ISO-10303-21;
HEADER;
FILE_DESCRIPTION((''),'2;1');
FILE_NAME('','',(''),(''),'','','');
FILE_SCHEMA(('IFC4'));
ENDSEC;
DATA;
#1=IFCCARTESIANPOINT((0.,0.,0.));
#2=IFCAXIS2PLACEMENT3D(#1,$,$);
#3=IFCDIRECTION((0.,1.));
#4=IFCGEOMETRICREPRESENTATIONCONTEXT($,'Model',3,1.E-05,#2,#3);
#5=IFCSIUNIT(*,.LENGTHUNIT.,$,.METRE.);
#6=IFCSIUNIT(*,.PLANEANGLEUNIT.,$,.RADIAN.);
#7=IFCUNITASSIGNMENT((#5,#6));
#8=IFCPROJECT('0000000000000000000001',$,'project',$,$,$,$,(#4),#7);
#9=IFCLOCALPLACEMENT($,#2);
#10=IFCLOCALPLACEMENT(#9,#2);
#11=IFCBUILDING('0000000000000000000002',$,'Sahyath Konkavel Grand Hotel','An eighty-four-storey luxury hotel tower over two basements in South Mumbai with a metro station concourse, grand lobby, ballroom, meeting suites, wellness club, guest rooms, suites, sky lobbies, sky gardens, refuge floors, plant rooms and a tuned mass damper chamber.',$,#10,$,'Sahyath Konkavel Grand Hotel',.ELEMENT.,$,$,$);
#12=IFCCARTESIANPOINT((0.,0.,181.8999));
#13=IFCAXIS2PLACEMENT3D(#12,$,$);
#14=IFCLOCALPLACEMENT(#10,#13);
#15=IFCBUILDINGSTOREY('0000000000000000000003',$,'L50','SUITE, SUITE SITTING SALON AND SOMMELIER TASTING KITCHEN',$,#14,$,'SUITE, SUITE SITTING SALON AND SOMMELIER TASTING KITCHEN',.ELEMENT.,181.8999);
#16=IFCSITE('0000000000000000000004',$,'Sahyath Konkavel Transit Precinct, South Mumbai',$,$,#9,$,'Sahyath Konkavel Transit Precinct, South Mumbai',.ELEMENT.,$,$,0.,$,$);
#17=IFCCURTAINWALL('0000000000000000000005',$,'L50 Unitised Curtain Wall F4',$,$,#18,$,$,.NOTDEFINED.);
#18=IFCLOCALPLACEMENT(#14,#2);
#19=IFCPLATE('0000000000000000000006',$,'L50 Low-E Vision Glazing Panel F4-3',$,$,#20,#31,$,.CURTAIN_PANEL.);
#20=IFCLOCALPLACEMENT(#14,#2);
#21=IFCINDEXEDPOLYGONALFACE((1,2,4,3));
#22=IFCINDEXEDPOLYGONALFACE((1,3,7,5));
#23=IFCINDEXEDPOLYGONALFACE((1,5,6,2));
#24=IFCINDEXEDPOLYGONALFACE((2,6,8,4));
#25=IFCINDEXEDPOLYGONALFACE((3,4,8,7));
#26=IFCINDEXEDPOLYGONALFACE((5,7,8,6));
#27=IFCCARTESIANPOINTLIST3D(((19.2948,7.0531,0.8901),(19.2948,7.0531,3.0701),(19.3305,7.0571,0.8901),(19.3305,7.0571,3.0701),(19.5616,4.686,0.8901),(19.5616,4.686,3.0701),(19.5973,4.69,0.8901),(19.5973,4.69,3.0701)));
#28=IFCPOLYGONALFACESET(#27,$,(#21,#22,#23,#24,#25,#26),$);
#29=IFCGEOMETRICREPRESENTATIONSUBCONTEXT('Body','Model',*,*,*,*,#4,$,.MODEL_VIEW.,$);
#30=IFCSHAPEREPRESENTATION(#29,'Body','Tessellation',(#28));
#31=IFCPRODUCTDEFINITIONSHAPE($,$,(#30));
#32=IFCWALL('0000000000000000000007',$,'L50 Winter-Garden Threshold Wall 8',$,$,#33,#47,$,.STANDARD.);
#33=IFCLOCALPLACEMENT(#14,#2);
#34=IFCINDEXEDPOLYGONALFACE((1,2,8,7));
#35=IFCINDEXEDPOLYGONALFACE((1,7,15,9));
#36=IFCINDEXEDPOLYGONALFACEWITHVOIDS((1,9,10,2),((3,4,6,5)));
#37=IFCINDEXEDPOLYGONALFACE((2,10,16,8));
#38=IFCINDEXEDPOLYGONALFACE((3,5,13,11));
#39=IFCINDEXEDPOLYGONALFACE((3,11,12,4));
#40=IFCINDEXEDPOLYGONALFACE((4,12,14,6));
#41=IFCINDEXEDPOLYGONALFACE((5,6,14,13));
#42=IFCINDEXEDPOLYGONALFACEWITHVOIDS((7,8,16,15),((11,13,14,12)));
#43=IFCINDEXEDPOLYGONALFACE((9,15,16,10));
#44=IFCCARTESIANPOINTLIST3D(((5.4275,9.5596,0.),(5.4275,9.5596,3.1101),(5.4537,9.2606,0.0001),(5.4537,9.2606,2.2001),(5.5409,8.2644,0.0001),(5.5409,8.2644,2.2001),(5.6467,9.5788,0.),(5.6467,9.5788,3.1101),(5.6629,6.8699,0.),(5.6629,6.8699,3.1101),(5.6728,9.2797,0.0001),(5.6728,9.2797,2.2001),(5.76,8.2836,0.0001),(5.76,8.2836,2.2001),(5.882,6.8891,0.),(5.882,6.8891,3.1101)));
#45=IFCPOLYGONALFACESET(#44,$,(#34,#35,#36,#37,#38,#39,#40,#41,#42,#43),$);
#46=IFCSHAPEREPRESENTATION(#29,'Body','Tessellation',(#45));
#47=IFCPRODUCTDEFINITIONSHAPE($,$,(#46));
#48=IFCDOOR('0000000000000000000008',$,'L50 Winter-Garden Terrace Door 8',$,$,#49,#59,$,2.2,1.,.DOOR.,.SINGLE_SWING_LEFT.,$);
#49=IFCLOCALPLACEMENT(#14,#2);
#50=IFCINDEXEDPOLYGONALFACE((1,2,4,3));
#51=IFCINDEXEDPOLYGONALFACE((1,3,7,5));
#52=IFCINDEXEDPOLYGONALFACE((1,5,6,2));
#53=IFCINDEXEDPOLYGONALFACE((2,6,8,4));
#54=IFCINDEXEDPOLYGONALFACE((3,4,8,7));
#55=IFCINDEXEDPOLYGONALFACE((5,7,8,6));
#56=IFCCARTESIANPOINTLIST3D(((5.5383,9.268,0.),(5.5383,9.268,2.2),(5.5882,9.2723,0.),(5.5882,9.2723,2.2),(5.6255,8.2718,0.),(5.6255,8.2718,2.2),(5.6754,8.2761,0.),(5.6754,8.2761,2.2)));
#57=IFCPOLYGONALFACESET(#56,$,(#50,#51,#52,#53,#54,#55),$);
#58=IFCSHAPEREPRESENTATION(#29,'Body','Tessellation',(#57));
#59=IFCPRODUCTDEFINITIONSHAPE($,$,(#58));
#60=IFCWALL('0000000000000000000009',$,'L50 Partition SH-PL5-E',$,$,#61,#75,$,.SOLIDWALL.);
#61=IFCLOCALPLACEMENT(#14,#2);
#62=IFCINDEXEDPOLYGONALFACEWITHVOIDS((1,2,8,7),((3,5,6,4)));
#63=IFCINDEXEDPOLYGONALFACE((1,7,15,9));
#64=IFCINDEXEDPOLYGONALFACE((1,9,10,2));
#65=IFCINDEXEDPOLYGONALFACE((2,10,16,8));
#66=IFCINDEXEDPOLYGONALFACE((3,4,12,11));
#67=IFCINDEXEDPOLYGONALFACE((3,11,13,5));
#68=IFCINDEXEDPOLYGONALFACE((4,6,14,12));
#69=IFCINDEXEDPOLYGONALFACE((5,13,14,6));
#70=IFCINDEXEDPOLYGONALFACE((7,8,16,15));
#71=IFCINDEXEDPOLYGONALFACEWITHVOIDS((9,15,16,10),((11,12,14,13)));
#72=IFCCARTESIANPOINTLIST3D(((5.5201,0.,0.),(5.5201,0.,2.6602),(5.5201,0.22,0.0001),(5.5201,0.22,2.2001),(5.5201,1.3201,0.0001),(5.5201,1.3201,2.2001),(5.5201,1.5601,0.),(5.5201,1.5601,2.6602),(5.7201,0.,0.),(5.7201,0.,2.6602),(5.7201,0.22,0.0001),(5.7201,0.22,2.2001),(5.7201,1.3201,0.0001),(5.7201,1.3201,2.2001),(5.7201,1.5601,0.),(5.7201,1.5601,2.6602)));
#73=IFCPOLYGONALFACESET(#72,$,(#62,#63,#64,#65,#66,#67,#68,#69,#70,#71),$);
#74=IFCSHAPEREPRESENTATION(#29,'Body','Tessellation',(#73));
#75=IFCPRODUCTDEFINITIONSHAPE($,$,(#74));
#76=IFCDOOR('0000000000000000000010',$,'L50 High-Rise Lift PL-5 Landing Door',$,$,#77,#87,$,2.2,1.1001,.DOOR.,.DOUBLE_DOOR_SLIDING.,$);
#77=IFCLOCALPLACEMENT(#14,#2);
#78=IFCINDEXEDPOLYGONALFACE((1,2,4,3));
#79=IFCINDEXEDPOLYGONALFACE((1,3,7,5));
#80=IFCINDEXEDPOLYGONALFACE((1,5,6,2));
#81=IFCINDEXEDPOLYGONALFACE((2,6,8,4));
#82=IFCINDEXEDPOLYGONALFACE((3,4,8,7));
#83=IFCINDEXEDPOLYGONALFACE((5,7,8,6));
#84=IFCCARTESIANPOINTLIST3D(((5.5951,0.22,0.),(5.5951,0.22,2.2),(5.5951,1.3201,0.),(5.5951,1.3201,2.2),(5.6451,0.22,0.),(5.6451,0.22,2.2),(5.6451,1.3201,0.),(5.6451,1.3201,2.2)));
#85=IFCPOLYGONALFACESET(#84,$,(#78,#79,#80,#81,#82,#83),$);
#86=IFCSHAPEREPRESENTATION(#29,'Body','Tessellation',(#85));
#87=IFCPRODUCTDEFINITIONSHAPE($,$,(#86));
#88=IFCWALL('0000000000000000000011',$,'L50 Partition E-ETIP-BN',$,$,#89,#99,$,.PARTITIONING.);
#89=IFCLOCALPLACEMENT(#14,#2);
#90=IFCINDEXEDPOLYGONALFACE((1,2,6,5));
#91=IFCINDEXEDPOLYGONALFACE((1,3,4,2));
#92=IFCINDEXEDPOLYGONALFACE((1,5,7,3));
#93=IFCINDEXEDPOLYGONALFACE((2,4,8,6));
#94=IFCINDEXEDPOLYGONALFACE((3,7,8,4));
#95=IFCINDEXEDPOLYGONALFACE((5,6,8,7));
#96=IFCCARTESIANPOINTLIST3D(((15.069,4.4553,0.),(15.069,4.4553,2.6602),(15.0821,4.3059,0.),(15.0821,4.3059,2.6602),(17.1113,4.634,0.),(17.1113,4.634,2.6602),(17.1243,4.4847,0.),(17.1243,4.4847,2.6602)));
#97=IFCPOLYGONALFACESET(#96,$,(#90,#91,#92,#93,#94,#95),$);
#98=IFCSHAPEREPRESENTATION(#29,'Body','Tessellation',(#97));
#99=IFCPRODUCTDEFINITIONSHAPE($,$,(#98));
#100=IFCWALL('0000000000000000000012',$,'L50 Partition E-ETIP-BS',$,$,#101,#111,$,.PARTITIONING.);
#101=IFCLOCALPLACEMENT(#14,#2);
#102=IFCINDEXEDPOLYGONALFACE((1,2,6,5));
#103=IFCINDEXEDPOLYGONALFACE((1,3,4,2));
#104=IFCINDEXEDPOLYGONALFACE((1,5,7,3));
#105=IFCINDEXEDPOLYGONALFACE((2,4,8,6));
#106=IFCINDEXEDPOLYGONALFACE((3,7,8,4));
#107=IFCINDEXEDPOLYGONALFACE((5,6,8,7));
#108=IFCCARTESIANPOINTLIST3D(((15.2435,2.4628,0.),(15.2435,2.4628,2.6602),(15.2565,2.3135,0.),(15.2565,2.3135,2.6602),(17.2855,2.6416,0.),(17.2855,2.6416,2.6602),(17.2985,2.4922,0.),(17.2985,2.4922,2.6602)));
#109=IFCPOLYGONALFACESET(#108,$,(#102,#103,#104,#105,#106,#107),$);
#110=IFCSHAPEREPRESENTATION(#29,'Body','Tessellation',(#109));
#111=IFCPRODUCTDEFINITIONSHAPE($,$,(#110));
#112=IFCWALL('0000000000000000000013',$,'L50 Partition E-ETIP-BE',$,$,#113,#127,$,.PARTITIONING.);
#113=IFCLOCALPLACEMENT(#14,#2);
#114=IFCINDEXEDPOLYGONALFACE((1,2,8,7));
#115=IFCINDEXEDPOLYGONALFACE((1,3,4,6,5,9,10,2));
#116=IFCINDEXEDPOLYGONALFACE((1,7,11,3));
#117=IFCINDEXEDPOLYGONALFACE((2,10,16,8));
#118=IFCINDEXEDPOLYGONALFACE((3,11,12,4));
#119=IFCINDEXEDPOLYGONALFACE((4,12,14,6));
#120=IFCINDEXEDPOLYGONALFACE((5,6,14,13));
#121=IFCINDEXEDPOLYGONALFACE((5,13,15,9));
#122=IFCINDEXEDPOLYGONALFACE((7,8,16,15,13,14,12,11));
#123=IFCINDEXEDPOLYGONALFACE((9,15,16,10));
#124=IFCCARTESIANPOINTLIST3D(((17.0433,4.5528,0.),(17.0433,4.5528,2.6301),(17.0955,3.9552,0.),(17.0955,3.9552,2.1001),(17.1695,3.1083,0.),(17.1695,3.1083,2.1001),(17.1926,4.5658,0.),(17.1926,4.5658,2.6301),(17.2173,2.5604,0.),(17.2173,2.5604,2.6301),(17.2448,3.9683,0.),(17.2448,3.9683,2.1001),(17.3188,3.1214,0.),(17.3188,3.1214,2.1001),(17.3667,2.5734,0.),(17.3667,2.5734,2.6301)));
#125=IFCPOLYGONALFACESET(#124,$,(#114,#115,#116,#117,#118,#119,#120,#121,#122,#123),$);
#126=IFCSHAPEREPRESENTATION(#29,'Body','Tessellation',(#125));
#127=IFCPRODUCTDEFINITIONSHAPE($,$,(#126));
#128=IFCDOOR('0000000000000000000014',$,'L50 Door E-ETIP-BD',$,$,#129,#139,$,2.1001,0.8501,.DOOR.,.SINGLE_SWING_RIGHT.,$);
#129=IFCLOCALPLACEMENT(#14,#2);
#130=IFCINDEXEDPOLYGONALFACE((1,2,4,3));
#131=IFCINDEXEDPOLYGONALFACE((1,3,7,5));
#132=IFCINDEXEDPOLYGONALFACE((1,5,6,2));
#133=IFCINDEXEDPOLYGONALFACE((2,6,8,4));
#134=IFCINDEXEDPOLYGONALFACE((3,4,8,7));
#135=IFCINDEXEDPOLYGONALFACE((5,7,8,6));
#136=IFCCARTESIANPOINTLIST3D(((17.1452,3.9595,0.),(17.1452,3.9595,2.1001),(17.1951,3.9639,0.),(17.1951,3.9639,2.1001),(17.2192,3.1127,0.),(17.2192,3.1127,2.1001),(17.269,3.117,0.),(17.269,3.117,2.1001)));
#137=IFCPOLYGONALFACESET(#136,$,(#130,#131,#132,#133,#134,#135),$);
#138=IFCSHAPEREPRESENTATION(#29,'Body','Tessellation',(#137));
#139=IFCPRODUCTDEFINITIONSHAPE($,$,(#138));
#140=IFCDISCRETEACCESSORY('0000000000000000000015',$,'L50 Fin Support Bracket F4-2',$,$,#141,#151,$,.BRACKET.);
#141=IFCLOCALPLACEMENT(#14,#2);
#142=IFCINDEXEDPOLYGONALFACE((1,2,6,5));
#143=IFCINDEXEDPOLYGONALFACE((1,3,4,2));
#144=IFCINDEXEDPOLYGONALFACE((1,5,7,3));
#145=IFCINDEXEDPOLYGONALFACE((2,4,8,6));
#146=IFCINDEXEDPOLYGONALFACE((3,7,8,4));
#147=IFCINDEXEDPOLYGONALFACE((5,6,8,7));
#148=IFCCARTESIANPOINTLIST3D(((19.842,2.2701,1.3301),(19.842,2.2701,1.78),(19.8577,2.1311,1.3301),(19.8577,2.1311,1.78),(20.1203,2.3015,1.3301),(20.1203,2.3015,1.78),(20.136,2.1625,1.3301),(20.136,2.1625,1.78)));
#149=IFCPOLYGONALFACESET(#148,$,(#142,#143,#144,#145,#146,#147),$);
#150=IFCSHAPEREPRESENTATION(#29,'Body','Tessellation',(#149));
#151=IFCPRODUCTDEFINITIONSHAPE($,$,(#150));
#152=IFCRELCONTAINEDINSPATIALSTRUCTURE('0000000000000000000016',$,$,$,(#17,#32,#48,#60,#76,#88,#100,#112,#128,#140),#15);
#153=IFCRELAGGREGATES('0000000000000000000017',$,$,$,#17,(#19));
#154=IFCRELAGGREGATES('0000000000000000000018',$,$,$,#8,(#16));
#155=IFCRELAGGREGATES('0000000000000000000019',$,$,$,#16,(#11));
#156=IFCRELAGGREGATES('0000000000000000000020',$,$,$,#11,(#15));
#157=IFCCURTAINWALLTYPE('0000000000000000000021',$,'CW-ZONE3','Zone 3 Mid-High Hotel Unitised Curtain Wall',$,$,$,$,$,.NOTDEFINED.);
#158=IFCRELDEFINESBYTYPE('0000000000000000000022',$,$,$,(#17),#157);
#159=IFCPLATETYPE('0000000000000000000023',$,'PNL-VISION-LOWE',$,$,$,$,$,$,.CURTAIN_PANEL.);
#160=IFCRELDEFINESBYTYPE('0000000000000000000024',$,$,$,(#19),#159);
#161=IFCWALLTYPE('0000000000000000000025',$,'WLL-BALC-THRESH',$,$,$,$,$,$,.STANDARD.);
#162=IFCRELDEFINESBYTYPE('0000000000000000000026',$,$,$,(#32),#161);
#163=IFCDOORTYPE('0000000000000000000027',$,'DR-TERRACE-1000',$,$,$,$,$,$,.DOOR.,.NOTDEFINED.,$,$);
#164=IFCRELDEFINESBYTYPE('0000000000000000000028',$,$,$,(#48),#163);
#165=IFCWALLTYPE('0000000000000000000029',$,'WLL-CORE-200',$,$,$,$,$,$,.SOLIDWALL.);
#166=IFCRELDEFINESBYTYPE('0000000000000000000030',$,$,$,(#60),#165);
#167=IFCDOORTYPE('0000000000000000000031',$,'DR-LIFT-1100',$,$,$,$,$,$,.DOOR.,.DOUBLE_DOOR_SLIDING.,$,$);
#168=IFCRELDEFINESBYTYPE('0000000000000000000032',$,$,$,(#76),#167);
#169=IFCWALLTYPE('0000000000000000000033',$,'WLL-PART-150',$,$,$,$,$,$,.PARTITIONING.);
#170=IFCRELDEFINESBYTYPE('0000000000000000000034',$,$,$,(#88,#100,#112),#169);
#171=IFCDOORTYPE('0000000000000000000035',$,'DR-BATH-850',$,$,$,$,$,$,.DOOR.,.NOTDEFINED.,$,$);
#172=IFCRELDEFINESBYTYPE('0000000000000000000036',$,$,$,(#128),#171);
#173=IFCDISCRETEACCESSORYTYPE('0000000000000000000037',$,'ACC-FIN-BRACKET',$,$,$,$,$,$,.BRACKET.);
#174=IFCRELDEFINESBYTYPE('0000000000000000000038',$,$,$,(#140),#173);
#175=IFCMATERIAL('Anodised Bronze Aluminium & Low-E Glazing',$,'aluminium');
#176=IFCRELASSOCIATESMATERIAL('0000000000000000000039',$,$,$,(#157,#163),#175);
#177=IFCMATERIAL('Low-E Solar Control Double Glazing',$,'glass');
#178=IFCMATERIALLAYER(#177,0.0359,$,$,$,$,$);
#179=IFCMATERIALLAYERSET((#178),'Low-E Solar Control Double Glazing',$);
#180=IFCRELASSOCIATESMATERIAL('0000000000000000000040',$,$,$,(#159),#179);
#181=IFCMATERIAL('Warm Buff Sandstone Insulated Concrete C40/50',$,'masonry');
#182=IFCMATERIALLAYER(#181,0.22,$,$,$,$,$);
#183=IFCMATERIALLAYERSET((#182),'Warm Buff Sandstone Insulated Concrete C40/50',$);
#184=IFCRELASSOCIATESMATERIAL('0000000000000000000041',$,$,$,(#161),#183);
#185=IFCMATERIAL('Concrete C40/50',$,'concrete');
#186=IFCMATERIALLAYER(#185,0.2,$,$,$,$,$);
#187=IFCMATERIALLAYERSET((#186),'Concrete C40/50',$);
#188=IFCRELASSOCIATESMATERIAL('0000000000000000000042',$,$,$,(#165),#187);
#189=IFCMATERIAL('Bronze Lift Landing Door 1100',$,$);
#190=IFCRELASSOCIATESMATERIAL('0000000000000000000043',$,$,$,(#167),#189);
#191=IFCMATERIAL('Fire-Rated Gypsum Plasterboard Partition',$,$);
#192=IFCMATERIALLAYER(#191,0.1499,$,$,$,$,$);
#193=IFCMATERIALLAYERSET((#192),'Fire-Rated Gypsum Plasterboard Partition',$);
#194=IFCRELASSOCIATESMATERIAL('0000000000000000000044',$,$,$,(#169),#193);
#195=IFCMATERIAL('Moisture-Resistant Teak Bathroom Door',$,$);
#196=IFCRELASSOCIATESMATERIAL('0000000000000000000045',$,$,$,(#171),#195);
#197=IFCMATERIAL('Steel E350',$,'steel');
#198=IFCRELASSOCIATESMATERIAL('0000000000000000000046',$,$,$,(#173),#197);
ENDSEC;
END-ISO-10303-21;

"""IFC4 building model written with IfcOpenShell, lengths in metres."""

from ifc_helpers import new_model, si_unit, direction, frame, frame_2d, origin, origin_2d, place, context, subcontext, project, spatial, rectangle, extrude, source, transform, mapped, material, layer, layer_set, type_object, element, fill, aggregate, save


model = new_model("IFC4")

# Units and contexts
model_context = context("Model", 3, precision=1e-05, world=origin(), true_north=direction((0.0, 1.0)))
body_context = subcontext(model_context, "Body", "Model", "MODEL_VIEW")
ifc_project = project(units=[si_unit("LENGTHUNIT", "METRE"), si_unit("PLANEANGLEUNIT", "RADIAN")], contexts=[model_context])

# Site, building, storey
site_placement = place(None, origin())
site = spatial("IfcSite", under=ifc_project, at=site_placement, Name="Sahyath Konkavel Transit Precinct, South Mumbai", LongName="Sahyath Konkavel Transit Precinct, South Mumbai", CompositionType="ELEMENT", RefElevation=0.0)
building_placement = place(site_placement, origin())
building = spatial("IfcBuilding", under=site, at=building_placement, Name="Sahyath Konkavel Grand Hotel", Description="An eighty-four-storey luxury hotel tower over two basements in South Mumbai with a metro station concourse, grand lobby, ballroom, meeting suites, wellness club, guest rooms, suites, sky lobbies, sky gardens, refuge floors, plant rooms and a tuned mass damper chamber.", LongName="Sahyath Konkavel Grand Hotel", CompositionType="ELEMENT")
storey_placement = place(building_placement, frame((0.0, 0.0, 181.8999)))
storey = spatial("IfcBuildingStorey", under=building, at=storey_placement, Name="L50", Description="SUITE, SUITE SITTING SALON AND SOMMELIER TASTING KITCHEN", LongName="SUITE, SUITE SITTING SALON AND SOMMELIER TASTING KITCHEN", CompositionType="ELEMENT", Elevation=181.8999)

# Shared definitions
ifc_material_1 = material(Name="Concrete C40/50", Category="concrete")

# Shared definitions
ifc_material_2 = material(Name="Steel E350", Category="steel")

# Curtain wall
ifc_material_3 = material(Name="Anodised Bronze Aluminium & Low-E Glazing", Category="aluminium")
curtain_wall_type = type_object("IfcCurtainWallType", Name="CW-ZONE3", Description="Zone 3 Mid-High Hotel Unitised Curtain Wall", PredefinedType="NOTDEFINED", material=ifc_material_3)
curtain_wall_1_placement = place(storey_placement, origin())
curtain_wall_1 = element("IfcCurtainWall", 1, at=curtain_wall_1_placement, inside=storey, type_object=curtain_wall_type, Name="L50 Unitised Curtain Wall F4", PredefinedType="NOTDEFINED")

# Plate
ifc_material_4 = material(Name="Low-E Solar Control Double Glazing", Category="glass")
ifc_layer_1 = layer(ifc_material_4, 0.0359)
ifc_layer_set_1 = layer_set([ifc_layer_1], Name="Low-E Solar Control Double Glazing")
plate_type_1 = type_object("IfcPlateType", Name="PNL-VISION-LOWE", PredefinedType="CURTAIN_PANEL", material=ifc_layer_set_1)
shared_shape_1 = source(origin(), body_context, "Body", "SweptSolid", [
    extrude(rectangle(XDim=2.3821, YDim=0.0359, at=origin_2d()), origin(), (0.0, 0.0, 1.0), 2.1799),
])
plate_1_placement = place(storey_placement, frame((19.446, 5.8716, 0.8901), z_axis=(0.0, 0.0, 1.0), x_axis=(-0.111989, 0.993709, 0.0)))
plate_1 = element("IfcPlate", 2, at=plate_1_placement, type_object=plate_type_1, Name="L50 Low-E Vision Glazing Panel F4-3", PredefinedType="CURTAIN_PANEL", context=body_context, shape_type="MappedRepresentation", body=[
    mapped(shared_shape_1, transform((0.0, 0.0, 0.0), scale=1.0)),
])
aggregate(curtain_wall_1, [plate_1])

# Walls, openings, doors
ifc_material_5 = material(Name="Warm Buff Sandstone Insulated Concrete C40/50", Category="masonry")
ifc_layer_2 = layer(ifc_material_5, 0.22)
ifc_layer_set_2 = layer_set([ifc_layer_2], Name="Warm Buff Sandstone Insulated Concrete C40/50")
wall_type_1 = type_object("IfcWallType", Name="WLL-BALC-THRESH", PredefinedType="STANDARD", material=ifc_layer_set_2)
wall_1_placement = place(storey_placement, frame((5.7725, 6.8794, 0.0), z_axis=(0.0, 0.0, 1.0), x_axis=(-0.087168, 0.996194, 0.0)))
wall_1 = element("IfcWall", 3, at=wall_1_placement, inside=storey, type_object=wall_type_1, Name="L50 Winter-Garden Threshold Wall 8", PredefinedType="STANDARD", context=body_context, shape_type="SweptSolid", body=[
    extrude(rectangle(XDim=2.7, YDim=0.22, at=frame_2d((1.3501, 0.0))), origin(), (0.0, 0.0, 1.0), 3.1101),
])
opening_1_placement = place(wall_1_placement, frame((1.3999, 0.0, 0.0)))
opening_1 = element("IfcOpeningElement", 4, at=opening_1_placement, cuts=wall_1, PredefinedType="OPENING", context=body_context, shape_type="SweptSolid", body=[
    extrude(rectangle(XDim=1.0, YDim=2.2, at=frame_2d((0.5, 1.1001))), frame((0.0, 0.1201, 0.0), z_axis=(0.0, -1.0, 0.0), x_axis=(1.0, 0.0, 0.0)), (0.0, 0.0, 1.0), 0.24),
])
door_type_1 = type_object("IfcDoorType", Name="DR-TERRACE-1000", OperationType="NOTDEFINED", PredefinedType="DOOR", material=ifc_material_3)
shared_shape_2 = source(origin(), body_context, "Body", "SweptSolid", [
    extrude(rectangle(XDim=1.0, YDim=0.05, at=origin_2d()), origin(), (0.0, 0.0, 1.0), 2.2),
])
door_1_placement = place(opening_1_placement, frame((0.5, 0.0, 0.0)))
door_1 = element("IfcDoor", 5, at=door_1_placement, inside=storey, type_object=door_type_1, Name="L50 Winter-Garden Terrace Door 8", OperationType="SINGLE_SWING_LEFT", OverallHeight=2.2, OverallWidth=1.0, PredefinedType="DOOR", context=body_context, shape_type="MappedRepresentation", body=[
    mapped(shared_shape_2, transform((0.0, 0.0, 0.0), scale=1.0)),
])
fill(opening_1, door_1)
ifc_layer_3 = layer(ifc_material_1, 0.2)
ifc_layer_set_3 = layer_set([ifc_layer_3], Name="Concrete C40/50")
wall_type_2 = type_object("IfcWallType", Name="WLL-CORE-200", PredefinedType="SOLIDWALL", material=ifc_layer_set_3)
wall_2_placement = place(storey_placement, frame((5.6201, 0.0, 0.0), z_axis=(0.0, 0.0, 1.0), x_axis=(0.0, 1.0, 0.0)))
wall_2 = element("IfcWall", 6, at=wall_2_placement, inside=storey, type_object=wall_type_2, Name="L50 Partition SH-PL5-E", PredefinedType="SOLIDWALL", context=body_context, shape_type="SweptSolid", body=[
    extrude(rectangle(XDim=1.5601, YDim=0.2, at=frame_2d((0.78, 0.0))), origin(), (0.0, 0.0, 1.0), 2.6602),
])
opening_2_placement = place(wall_2_placement, frame((0.22, 0.0, 0.0)))
opening_2 = element("IfcOpeningElement", 7, at=opening_2_placement, cuts=wall_2, PredefinedType="OPENING", context=body_context, shape_type="SweptSolid", body=[
    extrude(rectangle(XDim=1.1001, YDim=2.2, at=frame_2d((0.55, 1.1001))), frame((0.0, 0.1099, 0.0), z_axis=(0.0, -1.0, 0.0), x_axis=(1.0, 0.0, 0.0)), (0.0, 0.0, 1.0), 0.22),
])
ifc_material_6 = material(Name="Bronze Lift Landing Door 1100")
door_type_2 = type_object("IfcDoorType", Name="DR-LIFT-1100", OperationType="DOUBLE_DOOR_SLIDING", PredefinedType="DOOR", material=ifc_material_6)
shared_shape_3 = source(origin(), body_context, "Body", "SweptSolid", [
    extrude(rectangle(XDim=1.1001, YDim=0.05, at=origin_2d()), origin(), (0.0, 0.0, 1.0), 2.2),
])
door_2_placement = place(opening_2_placement, frame((0.55, 0.0, 0.0)))
door_2 = element("IfcDoor", 8, at=door_2_placement, inside=storey, type_object=door_type_2, Name="L50 High-Rise Lift PL-5 Landing Door", OperationType="DOUBLE_DOOR_SLIDING", OverallHeight=2.2, OverallWidth=1.1001, PredefinedType="DOOR", context=body_context, shape_type="MappedRepresentation", body=[
    mapped(shared_shape_3, transform((0.0, 0.0, 0.0), scale=1.0)),
])
fill(opening_2, door_2)

# Walls
ifc_material_7 = material(Name="Fire-Rated Gypsum Plasterboard Partition")
ifc_layer_4 = layer(ifc_material_7, 0.1499)
ifc_layer_set_4 = layer_set([ifc_layer_4], Name="Fire-Rated Gypsum Plasterboard Partition")
wall_type_3 = type_object("IfcWallType", Name="WLL-PART-150", PredefinedType="PARTITIONING", material=ifc_layer_set_4)
wall_3_placement = place(storey_placement, frame((15.0757, 4.3806, 0.0), z_axis=(0.0, 0.0, 1.0), x_axis=(0.996193, 0.087174, 0.0)))
element("IfcWall", 9, at=wall_3_placement, inside=storey, type_object=wall_type_3, Name="L50 Partition E-ETIP-BN", PredefinedType="PARTITIONING", context=body_context, shape_type="SweptSolid", body=[
    extrude(rectangle(XDim=2.05, YDim=0.1499, at=frame_2d((1.0249, 0.0))), origin(), (0.0, 0.0, 1.0), 2.6602),
])
wall_4_placement = place(storey_placement, frame((15.25, 2.3882, 0.0), z_axis=(0.0, 0.0, 1.0), x_axis=(0.996192, 0.087185, 0.0)))
element("IfcWall", 10, at=wall_4_placement, inside=storey, type_object=wall_type_3, Name="L50 Partition E-ETIP-BS", PredefinedType="PARTITIONING", context=body_context, shape_type="SweptSolid", body=[
    extrude(rectangle(XDim=2.0498, YDim=0.1499, at=frame_2d((1.0249, 0.0))), origin(), (0.0, 0.0, 1.0), 2.6602),
])

# Wall, opening, door
wall_5_placement = place(storey_placement, frame((17.292, 2.5669, 0.0), z_axis=(0.0, 0.0, 1.0), x_axis=(-0.087035, 0.996205, 0.0)))
wall_5 = element("IfcWall", 11, at=wall_5_placement, inside=storey, type_object=wall_type_3, Name="L50 Partition E-ETIP-BE", PredefinedType="PARTITIONING", context=body_context, shape_type="SweptSolid", body=[
    extrude(rectangle(XDim=2.0, YDim=0.1499, at=frame_2d((1.0, 0.0))), origin(), (0.0, 0.0, 1.0), 2.6301),
])
opening_3_placement = place(wall_5_placement, frame((0.55, 0.0, 0.0)))
opening_3 = element("IfcOpeningElement", 12, at=opening_3_placement, cuts=wall_5, PredefinedType="OPENING", context=body_context, shape_type="SweptSolid", body=[
    extrude(rectangle(XDim=0.8501, YDim=2.1001, at=frame_2d((0.425, 1.05))), frame((0.0, 0.085, 0.0), z_axis=(0.0, -1.0, 0.0), x_axis=(1.0, 0.0, 0.0)), (0.0, 0.0, 1.0), 0.1699),
])
ifc_material_8 = material(Name="Moisture-Resistant Teak Bathroom Door")
door_type_3 = type_object("IfcDoorType", Name="DR-BATH-850", OperationType="NOTDEFINED", PredefinedType="DOOR", material=ifc_material_8)
shared_shape_4 = source(origin(), body_context, "Body", "SweptSolid", [
    extrude(rectangle(XDim=0.8501, YDim=0.05, at=origin_2d()), origin(), (0.0, 0.0, 1.0), 2.1001),
])
door_3_placement = place(opening_3_placement, frame((0.425, 0.0, 0.0)))
door_3 = element("IfcDoor", 13, at=door_3_placement, inside=storey, type_object=door_type_3, Name="L50 Door E-ETIP-BD", OperationType="SINGLE_SWING_RIGHT", OverallHeight=2.1001, OverallWidth=0.8501, PredefinedType="DOOR", context=body_context, shape_type="MappedRepresentation", body=[
    mapped(shared_shape_4, transform((0.0, 0.0, 0.0), scale=1.0)),
])
fill(opening_3, door_3)

# Discrete accessory
discrete_accessory_type = type_object("IfcDiscreteAccessoryType", Name="ACC-FIN-BRACKET", PredefinedType="BRACKET", material=ifc_material_2)
shared_shape_5 = source(origin(), body_context, "Body", "SweptSolid", [
    extrude(rectangle(XDim=0.28, YDim=0.1399, at=origin_2d()), origin(), (0.0, 0.0, 1.0), 0.45),
])
discrete_accessory_placement = place(storey_placement, frame((19.989, 2.2163, 1.3301), z_axis=(0.0, 0.0, 1.0), x_axis=(0.993709, 0.111989, 0.0)))
element("IfcDiscreteAccessory", 14, at=discrete_accessory_placement, inside=storey, type_object=discrete_accessory_type, Name="L50 Fin Support Bracket F4-2", PredefinedType="BRACKET", context=body_context, shape_type="MappedRepresentation", body=[
    mapped(shared_shape_5, transform((0.0, 0.0, 0.0), scale=1.0)),
])

save(model, "model.ifc")
